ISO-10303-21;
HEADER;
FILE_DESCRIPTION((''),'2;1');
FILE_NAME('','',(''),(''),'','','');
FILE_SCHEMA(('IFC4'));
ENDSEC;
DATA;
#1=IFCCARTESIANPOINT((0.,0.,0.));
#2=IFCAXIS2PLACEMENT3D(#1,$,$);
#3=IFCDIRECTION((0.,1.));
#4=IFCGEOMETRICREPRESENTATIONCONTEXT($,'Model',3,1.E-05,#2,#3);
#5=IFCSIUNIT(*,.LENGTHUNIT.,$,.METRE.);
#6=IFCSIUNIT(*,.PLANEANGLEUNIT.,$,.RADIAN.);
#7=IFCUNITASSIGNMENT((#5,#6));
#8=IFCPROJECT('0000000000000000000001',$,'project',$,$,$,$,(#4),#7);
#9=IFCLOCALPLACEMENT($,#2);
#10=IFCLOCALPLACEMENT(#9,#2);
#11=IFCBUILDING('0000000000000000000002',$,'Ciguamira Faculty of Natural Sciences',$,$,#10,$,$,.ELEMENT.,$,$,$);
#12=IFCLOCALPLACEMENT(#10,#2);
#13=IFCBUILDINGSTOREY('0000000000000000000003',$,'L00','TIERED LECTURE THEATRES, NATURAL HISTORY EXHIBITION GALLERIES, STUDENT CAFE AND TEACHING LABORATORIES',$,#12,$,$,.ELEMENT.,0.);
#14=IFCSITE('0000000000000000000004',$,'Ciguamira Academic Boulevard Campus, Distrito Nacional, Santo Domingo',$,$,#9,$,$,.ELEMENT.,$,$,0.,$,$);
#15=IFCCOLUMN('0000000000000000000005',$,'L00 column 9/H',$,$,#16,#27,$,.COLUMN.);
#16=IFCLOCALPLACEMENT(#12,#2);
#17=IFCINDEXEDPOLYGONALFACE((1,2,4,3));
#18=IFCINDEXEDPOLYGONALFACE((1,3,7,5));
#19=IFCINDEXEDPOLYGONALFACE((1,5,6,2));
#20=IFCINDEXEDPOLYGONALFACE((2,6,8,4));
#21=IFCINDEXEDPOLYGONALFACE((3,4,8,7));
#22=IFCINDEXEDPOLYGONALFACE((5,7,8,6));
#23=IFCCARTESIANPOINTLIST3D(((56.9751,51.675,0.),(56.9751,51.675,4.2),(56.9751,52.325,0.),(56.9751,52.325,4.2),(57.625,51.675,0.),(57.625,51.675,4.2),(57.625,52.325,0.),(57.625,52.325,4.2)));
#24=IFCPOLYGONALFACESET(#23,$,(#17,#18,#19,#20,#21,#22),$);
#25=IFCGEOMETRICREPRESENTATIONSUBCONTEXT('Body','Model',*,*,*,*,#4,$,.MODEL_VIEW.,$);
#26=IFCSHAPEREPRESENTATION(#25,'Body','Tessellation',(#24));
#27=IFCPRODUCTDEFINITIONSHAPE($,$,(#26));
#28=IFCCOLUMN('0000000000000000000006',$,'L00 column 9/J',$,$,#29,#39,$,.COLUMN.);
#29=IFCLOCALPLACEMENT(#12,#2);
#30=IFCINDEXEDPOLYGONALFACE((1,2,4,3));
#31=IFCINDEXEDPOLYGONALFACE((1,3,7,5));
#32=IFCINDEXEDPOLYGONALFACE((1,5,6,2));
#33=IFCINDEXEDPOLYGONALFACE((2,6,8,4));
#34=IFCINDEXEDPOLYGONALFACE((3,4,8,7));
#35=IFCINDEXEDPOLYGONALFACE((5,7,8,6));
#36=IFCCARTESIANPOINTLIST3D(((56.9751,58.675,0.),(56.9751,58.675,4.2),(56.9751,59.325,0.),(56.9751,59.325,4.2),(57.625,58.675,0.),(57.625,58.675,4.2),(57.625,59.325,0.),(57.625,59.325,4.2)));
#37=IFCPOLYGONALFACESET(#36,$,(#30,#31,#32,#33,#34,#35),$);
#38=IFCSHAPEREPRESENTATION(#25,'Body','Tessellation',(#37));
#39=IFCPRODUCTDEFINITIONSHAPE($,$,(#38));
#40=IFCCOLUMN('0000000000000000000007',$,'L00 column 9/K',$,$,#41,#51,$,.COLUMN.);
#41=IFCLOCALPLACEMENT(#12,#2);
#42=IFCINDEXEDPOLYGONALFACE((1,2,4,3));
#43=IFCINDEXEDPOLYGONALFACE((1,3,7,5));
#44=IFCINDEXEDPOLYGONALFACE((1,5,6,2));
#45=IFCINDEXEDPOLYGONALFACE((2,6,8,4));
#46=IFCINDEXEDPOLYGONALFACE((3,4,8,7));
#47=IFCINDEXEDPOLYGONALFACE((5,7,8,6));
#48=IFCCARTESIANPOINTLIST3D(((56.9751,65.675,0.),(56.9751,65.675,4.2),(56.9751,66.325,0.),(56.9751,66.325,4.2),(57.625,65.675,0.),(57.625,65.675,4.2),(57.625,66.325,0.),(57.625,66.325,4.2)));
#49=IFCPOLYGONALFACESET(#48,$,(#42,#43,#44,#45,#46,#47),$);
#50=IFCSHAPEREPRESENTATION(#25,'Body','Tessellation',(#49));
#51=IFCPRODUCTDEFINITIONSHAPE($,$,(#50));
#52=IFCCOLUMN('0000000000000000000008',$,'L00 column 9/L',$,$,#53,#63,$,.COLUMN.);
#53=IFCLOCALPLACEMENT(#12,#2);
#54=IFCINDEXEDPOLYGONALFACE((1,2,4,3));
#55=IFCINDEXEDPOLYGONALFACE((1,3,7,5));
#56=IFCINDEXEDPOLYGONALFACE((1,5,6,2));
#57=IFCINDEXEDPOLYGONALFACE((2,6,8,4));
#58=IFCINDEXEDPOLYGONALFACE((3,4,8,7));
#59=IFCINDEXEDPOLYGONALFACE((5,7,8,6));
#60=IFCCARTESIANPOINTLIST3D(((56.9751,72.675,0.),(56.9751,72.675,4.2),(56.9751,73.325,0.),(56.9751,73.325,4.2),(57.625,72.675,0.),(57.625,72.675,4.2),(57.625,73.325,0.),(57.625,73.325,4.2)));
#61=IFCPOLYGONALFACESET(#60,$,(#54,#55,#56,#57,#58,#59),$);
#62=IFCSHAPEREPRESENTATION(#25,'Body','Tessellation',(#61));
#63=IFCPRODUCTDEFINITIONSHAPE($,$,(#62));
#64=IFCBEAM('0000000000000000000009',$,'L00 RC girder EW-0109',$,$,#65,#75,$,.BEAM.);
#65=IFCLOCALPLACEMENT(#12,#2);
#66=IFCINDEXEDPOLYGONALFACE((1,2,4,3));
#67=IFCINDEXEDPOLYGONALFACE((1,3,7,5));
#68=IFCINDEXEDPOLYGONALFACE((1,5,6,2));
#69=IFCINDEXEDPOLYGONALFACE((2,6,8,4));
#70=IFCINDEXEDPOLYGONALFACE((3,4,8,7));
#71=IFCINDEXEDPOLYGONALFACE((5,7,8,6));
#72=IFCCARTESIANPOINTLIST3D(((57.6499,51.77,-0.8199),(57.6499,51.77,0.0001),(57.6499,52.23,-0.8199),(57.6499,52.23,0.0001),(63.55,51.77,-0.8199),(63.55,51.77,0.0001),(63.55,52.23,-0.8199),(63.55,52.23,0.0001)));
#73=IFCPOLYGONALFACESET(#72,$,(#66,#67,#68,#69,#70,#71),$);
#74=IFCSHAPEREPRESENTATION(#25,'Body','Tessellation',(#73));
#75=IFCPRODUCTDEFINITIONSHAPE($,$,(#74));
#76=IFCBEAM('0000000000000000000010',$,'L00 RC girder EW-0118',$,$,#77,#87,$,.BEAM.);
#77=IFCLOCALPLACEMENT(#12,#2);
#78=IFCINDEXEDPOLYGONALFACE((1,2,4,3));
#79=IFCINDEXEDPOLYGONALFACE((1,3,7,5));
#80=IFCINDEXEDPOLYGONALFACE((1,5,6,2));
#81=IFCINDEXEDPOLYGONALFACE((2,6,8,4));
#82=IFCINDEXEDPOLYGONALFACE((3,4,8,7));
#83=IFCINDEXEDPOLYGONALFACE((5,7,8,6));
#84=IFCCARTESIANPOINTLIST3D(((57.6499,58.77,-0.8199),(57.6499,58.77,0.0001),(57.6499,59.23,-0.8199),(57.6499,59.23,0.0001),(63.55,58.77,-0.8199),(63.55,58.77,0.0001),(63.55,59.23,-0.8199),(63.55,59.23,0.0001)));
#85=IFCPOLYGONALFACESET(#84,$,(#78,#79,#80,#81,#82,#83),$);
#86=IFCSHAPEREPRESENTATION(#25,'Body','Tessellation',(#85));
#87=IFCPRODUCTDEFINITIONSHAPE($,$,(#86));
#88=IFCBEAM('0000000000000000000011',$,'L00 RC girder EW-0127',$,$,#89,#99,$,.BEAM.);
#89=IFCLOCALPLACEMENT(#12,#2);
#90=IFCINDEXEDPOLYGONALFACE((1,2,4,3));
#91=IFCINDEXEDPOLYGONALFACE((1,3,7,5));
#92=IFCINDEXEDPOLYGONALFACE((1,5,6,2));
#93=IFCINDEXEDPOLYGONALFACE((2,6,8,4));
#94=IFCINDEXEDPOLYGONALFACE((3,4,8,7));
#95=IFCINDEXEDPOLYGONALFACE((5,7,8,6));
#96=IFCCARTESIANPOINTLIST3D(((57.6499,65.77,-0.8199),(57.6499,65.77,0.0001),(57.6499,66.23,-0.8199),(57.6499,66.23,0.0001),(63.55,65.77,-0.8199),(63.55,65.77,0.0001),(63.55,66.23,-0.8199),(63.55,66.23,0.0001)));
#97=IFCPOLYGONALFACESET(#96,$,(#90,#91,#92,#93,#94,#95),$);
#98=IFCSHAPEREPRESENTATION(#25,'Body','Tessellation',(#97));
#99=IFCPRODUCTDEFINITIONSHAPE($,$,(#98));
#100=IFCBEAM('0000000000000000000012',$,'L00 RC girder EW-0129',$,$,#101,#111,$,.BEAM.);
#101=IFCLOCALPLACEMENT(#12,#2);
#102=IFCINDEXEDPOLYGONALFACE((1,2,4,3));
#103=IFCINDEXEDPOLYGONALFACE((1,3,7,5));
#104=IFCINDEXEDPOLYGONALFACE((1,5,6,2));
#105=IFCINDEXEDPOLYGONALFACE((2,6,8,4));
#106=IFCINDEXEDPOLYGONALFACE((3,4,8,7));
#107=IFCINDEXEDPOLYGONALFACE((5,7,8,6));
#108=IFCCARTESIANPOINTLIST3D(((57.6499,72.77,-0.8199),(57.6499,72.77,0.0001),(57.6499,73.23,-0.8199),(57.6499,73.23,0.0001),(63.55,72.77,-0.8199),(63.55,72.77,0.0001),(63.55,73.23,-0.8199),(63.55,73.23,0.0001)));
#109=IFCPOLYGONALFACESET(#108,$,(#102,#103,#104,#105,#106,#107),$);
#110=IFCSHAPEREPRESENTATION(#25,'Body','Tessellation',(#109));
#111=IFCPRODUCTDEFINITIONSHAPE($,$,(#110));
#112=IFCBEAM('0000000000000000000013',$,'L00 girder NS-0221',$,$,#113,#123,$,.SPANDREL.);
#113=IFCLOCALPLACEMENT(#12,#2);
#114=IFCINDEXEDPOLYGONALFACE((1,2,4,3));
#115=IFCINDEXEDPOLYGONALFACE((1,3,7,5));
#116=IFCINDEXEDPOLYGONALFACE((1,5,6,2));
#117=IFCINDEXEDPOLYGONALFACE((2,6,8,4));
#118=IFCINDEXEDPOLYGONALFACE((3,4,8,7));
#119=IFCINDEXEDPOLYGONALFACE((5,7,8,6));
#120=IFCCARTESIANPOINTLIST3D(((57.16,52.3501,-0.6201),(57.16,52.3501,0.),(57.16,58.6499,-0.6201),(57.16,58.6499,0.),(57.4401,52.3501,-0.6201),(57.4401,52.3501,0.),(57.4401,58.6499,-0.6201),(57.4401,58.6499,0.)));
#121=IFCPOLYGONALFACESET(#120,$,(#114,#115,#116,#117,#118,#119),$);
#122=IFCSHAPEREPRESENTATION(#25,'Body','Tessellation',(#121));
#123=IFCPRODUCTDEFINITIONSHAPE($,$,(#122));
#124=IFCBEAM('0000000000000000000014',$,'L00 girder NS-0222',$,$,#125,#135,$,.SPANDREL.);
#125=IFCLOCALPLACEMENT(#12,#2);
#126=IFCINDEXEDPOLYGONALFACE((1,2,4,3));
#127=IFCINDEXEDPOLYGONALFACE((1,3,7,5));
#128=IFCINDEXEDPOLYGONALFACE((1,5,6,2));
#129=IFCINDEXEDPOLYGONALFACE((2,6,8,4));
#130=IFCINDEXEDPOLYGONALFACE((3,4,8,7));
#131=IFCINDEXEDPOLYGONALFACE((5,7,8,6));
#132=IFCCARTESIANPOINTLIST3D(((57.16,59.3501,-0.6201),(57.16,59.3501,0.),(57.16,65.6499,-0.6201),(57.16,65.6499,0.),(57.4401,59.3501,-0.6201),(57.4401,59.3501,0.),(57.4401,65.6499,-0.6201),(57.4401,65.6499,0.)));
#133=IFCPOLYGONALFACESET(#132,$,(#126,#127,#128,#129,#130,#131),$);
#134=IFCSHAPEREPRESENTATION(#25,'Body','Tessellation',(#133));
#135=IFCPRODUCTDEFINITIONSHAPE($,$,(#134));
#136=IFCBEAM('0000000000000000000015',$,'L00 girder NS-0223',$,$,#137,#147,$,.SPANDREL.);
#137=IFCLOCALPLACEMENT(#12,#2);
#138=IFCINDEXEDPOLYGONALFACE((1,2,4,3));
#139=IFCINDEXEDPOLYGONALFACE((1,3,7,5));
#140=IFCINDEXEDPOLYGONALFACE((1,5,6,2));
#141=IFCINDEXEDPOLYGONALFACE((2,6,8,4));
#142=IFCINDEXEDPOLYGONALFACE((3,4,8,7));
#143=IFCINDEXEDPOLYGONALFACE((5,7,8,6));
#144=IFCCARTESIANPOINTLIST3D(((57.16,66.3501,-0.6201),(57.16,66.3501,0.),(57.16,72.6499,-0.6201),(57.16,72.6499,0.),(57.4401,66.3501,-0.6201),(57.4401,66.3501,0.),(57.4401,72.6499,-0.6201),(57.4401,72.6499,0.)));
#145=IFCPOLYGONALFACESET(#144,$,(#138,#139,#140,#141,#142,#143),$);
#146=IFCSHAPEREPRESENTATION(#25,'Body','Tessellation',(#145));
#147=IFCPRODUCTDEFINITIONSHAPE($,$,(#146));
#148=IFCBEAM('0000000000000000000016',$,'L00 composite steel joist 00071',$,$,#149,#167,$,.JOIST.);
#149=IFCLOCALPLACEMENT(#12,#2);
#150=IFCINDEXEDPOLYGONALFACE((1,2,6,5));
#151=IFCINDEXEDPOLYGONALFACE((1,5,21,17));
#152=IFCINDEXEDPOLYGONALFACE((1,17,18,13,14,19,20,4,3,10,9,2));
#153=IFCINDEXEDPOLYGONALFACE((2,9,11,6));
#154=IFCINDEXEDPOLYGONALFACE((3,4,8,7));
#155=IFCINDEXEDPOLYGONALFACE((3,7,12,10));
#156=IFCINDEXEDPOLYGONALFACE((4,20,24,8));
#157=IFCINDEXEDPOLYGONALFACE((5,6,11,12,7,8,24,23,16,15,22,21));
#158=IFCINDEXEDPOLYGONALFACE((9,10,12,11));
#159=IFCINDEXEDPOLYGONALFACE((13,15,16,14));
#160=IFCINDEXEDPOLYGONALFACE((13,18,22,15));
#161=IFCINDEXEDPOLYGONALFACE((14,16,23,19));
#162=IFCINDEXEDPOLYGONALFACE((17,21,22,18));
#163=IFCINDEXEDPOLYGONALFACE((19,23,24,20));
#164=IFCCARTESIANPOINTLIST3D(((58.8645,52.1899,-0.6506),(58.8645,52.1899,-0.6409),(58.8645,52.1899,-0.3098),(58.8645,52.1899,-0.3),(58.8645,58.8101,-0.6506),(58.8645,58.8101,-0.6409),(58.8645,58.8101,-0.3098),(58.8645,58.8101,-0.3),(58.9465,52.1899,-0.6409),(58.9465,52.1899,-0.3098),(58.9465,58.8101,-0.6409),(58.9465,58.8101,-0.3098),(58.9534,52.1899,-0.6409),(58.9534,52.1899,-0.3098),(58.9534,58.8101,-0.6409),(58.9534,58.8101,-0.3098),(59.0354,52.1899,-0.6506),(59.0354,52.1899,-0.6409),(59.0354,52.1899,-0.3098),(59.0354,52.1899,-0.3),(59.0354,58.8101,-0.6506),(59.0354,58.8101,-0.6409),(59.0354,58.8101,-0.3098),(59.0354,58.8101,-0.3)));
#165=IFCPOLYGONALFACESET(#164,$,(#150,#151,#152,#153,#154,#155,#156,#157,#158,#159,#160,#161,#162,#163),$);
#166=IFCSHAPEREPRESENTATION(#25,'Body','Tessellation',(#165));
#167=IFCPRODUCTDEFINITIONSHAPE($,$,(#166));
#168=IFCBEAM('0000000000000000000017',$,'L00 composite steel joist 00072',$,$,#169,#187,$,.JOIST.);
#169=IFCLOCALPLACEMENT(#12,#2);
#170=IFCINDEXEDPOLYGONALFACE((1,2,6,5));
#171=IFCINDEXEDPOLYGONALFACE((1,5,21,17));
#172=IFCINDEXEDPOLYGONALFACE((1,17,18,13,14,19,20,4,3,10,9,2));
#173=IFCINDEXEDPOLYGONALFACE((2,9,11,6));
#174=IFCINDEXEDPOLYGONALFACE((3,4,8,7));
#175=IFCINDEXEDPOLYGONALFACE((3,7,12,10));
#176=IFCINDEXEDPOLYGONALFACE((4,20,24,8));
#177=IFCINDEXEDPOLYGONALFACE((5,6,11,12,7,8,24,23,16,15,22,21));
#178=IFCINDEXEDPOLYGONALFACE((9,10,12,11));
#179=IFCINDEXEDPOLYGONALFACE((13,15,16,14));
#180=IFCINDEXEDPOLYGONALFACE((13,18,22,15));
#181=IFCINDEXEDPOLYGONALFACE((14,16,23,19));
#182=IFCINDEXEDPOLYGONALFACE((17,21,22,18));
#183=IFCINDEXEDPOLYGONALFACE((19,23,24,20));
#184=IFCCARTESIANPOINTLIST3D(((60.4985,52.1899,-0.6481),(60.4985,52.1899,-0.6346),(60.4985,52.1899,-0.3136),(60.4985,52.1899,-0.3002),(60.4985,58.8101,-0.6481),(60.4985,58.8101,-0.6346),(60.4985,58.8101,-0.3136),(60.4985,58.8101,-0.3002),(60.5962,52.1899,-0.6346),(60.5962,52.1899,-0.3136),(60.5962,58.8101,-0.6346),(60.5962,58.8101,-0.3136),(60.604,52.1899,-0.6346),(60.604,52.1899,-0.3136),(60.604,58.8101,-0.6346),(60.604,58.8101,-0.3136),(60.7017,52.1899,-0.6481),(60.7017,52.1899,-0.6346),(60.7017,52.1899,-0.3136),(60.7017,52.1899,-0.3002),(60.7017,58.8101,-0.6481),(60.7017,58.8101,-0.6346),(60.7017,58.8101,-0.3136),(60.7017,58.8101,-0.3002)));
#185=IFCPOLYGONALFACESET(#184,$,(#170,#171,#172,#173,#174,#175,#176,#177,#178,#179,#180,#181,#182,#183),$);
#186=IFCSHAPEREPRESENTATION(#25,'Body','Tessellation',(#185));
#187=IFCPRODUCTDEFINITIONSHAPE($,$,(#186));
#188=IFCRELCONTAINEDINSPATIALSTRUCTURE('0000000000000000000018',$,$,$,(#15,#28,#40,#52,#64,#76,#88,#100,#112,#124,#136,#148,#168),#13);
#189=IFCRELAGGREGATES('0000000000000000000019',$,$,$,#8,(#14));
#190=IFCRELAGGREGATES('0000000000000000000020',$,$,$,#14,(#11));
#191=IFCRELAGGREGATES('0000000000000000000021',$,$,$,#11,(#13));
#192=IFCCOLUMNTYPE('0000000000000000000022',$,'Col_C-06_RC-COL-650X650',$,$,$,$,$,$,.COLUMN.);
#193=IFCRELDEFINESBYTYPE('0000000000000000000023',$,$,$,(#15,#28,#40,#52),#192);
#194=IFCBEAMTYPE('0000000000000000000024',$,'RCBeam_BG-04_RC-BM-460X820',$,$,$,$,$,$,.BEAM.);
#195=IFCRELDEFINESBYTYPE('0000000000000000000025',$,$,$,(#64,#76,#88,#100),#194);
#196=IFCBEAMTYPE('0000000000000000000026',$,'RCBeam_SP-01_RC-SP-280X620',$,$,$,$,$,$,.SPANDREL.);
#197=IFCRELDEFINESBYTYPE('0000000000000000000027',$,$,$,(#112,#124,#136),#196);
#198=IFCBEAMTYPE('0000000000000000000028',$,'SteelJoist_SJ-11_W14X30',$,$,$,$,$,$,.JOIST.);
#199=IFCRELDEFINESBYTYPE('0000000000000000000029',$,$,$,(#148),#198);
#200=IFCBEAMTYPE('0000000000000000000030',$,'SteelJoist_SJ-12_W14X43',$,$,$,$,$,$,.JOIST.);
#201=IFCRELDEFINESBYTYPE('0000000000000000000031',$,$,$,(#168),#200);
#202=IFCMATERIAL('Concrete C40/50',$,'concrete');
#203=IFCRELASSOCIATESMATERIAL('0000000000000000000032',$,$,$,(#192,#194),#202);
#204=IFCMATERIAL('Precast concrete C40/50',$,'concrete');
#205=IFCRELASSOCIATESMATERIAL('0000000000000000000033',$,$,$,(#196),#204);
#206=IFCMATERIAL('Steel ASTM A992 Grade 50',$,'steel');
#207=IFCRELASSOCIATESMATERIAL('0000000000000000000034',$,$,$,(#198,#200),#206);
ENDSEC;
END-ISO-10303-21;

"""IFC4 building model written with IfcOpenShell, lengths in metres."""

from ifc_helpers import new_model, si_unit, direction, frame, origin, origin_2d, place, context, subcontext, project, spatial, rectangle, i_section, extrude, material, material_profile, profile_set, type_object, element, save


model = new_model("IFC4")

# Units and contexts
model_context = context("Model", 3, precision=1e-05, world=origin(), true_north=direction((0.0, 1.0)))
body_context = subcontext(model_context, "Body", "Model", "MODEL_VIEW")
ifc_project = project(units=[si_unit("LENGTHUNIT", "METRE"), si_unit("PLANEANGLEUNIT", "RADIAN")], contexts=[model_context])

# Site, building, storey
site_placement = place(None, origin())
site = spatial("IfcSite", under=ifc_project, at=site_placement, Name="Ciguamira Academic Boulevard Campus, Distrito Nacional, Santo Domingo", CompositionType="ELEMENT", RefElevation=0.0)
building_placement = place(site_placement, origin())
building = spatial("IfcBuilding", under=site, at=building_placement, Name="Ciguamira Faculty of Natural Sciences", CompositionType="ELEMENT")
storey_placement = place(building_placement, origin())
storey = spatial("IfcBuildingStorey", under=building, at=storey_placement, Name="L00", Description="TIERED LECTURE THEATRES, NATURAL HISTORY EXHIBITION GALLERIES, STUDENT CAFE AND TEACHING LABORATORIES", CompositionType="ELEMENT", Elevation=0.0)

# Columns
ifc_material_1 = material(Name="Concrete C40/50", Category="concrete")
ifc_material_profile_1 = material_profile(ifc_material_1, rectangle(XDim=0.6499, YDim=0.6499, at=origin_2d()), Name="RC-COL-650X650")
ifc_profile_set_1 = profile_set([ifc_material_profile_1], Name="Concrete C40/50")
column_type = type_object("IfcColumnType", Name="Col_C-06_RC-COL-650X650", PredefinedType="COLUMN", material=ifc_profile_set_1)
for number, where, z_axis, x_axis, name in (
    (1, (57.3, 52.0, 0.0), (0.0, 0.0, 1.0), (1.0, 0.0, 0.0), "L00 column 9/H"),
    (2, (57.3, 59.0, 0.0), (0.0, 0.0, 1.0), (1.0, 0.0, 0.0), "L00 column 9/J"),
    (3, (57.3, 66.0, 0.0), (0.0, 0.0, 1.0), (1.0, 0.0, 0.0), "L00 column 9/K"),
    (4, (57.3, 73.0, 0.0), (0.0, 0.0, 1.0), (1.0, 0.0, 0.0), "L00 column 9/L"),
):
    element("IfcColumn", number, at=place(storey_placement, frame(where, z_axis=z_axis, x_axis=x_axis)), inside=storey, type_object=column_type, Name=name, PredefinedType="COLUMN", context=body_context, shape_type="SweptSolid", body=[
        extrude(rectangle(XDim=0.6499, YDim=0.6499, at=origin_2d()), origin(), (0.0, 0.0, 1.0), 4.2),
    ])

# Beams
ifc_material_profile_2 = material_profile(ifc_material_1, rectangle(XDim=0.46, YDim=0.8201, at=origin_2d()), Name="RC-BM-460X820")
ifc_profile_set_2 = profile_set([ifc_material_profile_2], Name="Concrete C40/50")
beam_type_1 = type_object("IfcBeamType", Name="RCBeam_BG-04_RC-BM-460X820", PredefinedType="BEAM", material=ifc_profile_set_2)
for number, where, z_axis, x_axis, name in (
    (5, (57.6499, 52.0, -0.4099), (1.0, 0.0, 0.0), (0.0, 1.0, 0.0), "L00 RC girder EW-0109"),
    (6, (57.6499, 59.0, -0.4099), (1.0, 0.0, 0.0), (0.0, 1.0, 0.0), "L00 RC girder EW-0118"),
    (7, (57.6499, 66.0, -0.4099), (1.0, 0.0, 0.0), (0.0, 1.0, 0.0), "L00 RC girder EW-0127"),
    (8, (57.6499, 73.0, -0.4099), (1.0, 0.0, 0.0), (0.0, 1.0, 0.0), "L00 RC girder EW-0129"),
):
    element("IfcBeam", number, at=place(storey_placement, frame(where, z_axis=z_axis, x_axis=x_axis)), inside=storey, type_object=beam_type_1, Name=name, PredefinedType="BEAM", context=body_context, shape_type="SweptSolid", body=[
        extrude(rectangle(XDim=0.46, YDim=0.8201, at=origin_2d()), origin(), (0.0, 0.0, 1.0), 5.9001),
    ])
ifc_material_2 = material(Name="Precast concrete C40/50", Category="concrete")
ifc_material_profile_3 = material_profile(ifc_material_2, rectangle(XDim=0.28, YDim=0.6201, at=origin_2d()), Name="RC-SP-280X620")
ifc_profile_set_3 = profile_set([ifc_material_profile_3], Name="Precast concrete C40/50")
beam_type_2 = type_object("IfcBeamType", Name="RCBeam_SP-01_RC-SP-280X620", PredefinedType="SPANDREL", material=ifc_profile_set_3)
for number, where, z_axis, x_axis, name in (
    (9, (57.3, 52.3501, -0.3101), (0.0, 1.0, 0.0), (-1.0, 0.0, 0.0), "L00 girder NS-0221"),
    (10, (57.3, 59.3501, -0.3101), (0.0, 1.0, 0.0), (-1.0, 0.0, 0.0), "L00 girder NS-0222"),
    (11, (57.3, 66.3501, -0.3101), (0.0, 1.0, 0.0), (-1.0, 0.0, 0.0), "L00 girder NS-0223"),
):
    element("IfcBeam", number, at=place(storey_placement, frame(where, z_axis=z_axis, x_axis=x_axis)), inside=storey, type_object=beam_type_2, Name=name, PredefinedType="SPANDREL", context=body_context, shape_type="SweptSolid", body=[
        extrude(rectangle(XDim=0.28, YDim=0.6201, at=origin_2d()), origin(), (0.0, 0.0, 1.0), 6.2998),
    ])
ifc_material_3 = material(Name="Steel ASTM A992 Grade 50", Category="steel")
ifc_material_profile_4 = material_profile(ifc_material_3, i_section(OverallWidth=0.1709, OverallDepth=0.3506, WebThickness=0.0068, FlangeThickness=0.0098, at=origin_2d()), Name="W14X30")
ifc_profile_set_4 = profile_set([ifc_material_profile_4], Name="Steel ASTM A992 Grade 50")
beam_type_3 = type_object("IfcBeamType", Name="SteelJoist_SJ-11_W14X30", PredefinedType="JOIST", material=ifc_profile_set_4)
beam_1_placement = place(storey_placement, frame((58.95, 52.1899, -0.4753), z_axis=(0.0, 1.0, 0.0), x_axis=(-1.0, 0.0, 0.0)))
element("IfcBeam", 12, at=beam_1_placement, inside=storey, type_object=beam_type_3, Name="L00 composite steel joist 00071", PredefinedType="JOIST", context=body_context, shape_type="SweptSolid", body=[
    extrude(i_section(OverallWidth=0.1709, OverallDepth=0.3506, WebThickness=0.0068, FlangeThickness=0.0098, at=origin_2d()), origin(), (0.0, 0.0, 1.0), 6.6201),
])
ifc_material_profile_5 = material_profile(ifc_material_3, i_section(OverallWidth=0.2031, OverallDepth=0.3479, WebThickness=0.0078, FlangeThickness=0.0134, at=origin_2d()), Name="W14X43")
ifc_profile_set_5 = profile_set([ifc_material_profile_5], Name="Steel ASTM A992 Grade 50")
beam_type_4 = type_object("IfcBeamType", Name="SteelJoist_SJ-12_W14X43", PredefinedType="JOIST", material=ifc_profile_set_5)
beam_2_placement = place(storey_placement, frame((60.6001, 52.1899, -0.4741), z_axis=(0.0, 1.0, 0.0), x_axis=(-1.0, 0.0, 0.0)))
element("IfcBeam", 13, at=beam_2_placement, inside=storey, type_object=beam_type_4, Name="L00 composite steel joist 00072", PredefinedType="JOIST", context=body_context, shape_type="SweptSolid", body=[
    extrude(i_section(OverallWidth=0.2031, OverallDepth=0.3479, WebThickness=0.0078, FlangeThickness=0.0134, at=origin_2d()), origin(), (0.0, 0.0, 1.0), 6.6201),
])

save(model, "model.ifc")
